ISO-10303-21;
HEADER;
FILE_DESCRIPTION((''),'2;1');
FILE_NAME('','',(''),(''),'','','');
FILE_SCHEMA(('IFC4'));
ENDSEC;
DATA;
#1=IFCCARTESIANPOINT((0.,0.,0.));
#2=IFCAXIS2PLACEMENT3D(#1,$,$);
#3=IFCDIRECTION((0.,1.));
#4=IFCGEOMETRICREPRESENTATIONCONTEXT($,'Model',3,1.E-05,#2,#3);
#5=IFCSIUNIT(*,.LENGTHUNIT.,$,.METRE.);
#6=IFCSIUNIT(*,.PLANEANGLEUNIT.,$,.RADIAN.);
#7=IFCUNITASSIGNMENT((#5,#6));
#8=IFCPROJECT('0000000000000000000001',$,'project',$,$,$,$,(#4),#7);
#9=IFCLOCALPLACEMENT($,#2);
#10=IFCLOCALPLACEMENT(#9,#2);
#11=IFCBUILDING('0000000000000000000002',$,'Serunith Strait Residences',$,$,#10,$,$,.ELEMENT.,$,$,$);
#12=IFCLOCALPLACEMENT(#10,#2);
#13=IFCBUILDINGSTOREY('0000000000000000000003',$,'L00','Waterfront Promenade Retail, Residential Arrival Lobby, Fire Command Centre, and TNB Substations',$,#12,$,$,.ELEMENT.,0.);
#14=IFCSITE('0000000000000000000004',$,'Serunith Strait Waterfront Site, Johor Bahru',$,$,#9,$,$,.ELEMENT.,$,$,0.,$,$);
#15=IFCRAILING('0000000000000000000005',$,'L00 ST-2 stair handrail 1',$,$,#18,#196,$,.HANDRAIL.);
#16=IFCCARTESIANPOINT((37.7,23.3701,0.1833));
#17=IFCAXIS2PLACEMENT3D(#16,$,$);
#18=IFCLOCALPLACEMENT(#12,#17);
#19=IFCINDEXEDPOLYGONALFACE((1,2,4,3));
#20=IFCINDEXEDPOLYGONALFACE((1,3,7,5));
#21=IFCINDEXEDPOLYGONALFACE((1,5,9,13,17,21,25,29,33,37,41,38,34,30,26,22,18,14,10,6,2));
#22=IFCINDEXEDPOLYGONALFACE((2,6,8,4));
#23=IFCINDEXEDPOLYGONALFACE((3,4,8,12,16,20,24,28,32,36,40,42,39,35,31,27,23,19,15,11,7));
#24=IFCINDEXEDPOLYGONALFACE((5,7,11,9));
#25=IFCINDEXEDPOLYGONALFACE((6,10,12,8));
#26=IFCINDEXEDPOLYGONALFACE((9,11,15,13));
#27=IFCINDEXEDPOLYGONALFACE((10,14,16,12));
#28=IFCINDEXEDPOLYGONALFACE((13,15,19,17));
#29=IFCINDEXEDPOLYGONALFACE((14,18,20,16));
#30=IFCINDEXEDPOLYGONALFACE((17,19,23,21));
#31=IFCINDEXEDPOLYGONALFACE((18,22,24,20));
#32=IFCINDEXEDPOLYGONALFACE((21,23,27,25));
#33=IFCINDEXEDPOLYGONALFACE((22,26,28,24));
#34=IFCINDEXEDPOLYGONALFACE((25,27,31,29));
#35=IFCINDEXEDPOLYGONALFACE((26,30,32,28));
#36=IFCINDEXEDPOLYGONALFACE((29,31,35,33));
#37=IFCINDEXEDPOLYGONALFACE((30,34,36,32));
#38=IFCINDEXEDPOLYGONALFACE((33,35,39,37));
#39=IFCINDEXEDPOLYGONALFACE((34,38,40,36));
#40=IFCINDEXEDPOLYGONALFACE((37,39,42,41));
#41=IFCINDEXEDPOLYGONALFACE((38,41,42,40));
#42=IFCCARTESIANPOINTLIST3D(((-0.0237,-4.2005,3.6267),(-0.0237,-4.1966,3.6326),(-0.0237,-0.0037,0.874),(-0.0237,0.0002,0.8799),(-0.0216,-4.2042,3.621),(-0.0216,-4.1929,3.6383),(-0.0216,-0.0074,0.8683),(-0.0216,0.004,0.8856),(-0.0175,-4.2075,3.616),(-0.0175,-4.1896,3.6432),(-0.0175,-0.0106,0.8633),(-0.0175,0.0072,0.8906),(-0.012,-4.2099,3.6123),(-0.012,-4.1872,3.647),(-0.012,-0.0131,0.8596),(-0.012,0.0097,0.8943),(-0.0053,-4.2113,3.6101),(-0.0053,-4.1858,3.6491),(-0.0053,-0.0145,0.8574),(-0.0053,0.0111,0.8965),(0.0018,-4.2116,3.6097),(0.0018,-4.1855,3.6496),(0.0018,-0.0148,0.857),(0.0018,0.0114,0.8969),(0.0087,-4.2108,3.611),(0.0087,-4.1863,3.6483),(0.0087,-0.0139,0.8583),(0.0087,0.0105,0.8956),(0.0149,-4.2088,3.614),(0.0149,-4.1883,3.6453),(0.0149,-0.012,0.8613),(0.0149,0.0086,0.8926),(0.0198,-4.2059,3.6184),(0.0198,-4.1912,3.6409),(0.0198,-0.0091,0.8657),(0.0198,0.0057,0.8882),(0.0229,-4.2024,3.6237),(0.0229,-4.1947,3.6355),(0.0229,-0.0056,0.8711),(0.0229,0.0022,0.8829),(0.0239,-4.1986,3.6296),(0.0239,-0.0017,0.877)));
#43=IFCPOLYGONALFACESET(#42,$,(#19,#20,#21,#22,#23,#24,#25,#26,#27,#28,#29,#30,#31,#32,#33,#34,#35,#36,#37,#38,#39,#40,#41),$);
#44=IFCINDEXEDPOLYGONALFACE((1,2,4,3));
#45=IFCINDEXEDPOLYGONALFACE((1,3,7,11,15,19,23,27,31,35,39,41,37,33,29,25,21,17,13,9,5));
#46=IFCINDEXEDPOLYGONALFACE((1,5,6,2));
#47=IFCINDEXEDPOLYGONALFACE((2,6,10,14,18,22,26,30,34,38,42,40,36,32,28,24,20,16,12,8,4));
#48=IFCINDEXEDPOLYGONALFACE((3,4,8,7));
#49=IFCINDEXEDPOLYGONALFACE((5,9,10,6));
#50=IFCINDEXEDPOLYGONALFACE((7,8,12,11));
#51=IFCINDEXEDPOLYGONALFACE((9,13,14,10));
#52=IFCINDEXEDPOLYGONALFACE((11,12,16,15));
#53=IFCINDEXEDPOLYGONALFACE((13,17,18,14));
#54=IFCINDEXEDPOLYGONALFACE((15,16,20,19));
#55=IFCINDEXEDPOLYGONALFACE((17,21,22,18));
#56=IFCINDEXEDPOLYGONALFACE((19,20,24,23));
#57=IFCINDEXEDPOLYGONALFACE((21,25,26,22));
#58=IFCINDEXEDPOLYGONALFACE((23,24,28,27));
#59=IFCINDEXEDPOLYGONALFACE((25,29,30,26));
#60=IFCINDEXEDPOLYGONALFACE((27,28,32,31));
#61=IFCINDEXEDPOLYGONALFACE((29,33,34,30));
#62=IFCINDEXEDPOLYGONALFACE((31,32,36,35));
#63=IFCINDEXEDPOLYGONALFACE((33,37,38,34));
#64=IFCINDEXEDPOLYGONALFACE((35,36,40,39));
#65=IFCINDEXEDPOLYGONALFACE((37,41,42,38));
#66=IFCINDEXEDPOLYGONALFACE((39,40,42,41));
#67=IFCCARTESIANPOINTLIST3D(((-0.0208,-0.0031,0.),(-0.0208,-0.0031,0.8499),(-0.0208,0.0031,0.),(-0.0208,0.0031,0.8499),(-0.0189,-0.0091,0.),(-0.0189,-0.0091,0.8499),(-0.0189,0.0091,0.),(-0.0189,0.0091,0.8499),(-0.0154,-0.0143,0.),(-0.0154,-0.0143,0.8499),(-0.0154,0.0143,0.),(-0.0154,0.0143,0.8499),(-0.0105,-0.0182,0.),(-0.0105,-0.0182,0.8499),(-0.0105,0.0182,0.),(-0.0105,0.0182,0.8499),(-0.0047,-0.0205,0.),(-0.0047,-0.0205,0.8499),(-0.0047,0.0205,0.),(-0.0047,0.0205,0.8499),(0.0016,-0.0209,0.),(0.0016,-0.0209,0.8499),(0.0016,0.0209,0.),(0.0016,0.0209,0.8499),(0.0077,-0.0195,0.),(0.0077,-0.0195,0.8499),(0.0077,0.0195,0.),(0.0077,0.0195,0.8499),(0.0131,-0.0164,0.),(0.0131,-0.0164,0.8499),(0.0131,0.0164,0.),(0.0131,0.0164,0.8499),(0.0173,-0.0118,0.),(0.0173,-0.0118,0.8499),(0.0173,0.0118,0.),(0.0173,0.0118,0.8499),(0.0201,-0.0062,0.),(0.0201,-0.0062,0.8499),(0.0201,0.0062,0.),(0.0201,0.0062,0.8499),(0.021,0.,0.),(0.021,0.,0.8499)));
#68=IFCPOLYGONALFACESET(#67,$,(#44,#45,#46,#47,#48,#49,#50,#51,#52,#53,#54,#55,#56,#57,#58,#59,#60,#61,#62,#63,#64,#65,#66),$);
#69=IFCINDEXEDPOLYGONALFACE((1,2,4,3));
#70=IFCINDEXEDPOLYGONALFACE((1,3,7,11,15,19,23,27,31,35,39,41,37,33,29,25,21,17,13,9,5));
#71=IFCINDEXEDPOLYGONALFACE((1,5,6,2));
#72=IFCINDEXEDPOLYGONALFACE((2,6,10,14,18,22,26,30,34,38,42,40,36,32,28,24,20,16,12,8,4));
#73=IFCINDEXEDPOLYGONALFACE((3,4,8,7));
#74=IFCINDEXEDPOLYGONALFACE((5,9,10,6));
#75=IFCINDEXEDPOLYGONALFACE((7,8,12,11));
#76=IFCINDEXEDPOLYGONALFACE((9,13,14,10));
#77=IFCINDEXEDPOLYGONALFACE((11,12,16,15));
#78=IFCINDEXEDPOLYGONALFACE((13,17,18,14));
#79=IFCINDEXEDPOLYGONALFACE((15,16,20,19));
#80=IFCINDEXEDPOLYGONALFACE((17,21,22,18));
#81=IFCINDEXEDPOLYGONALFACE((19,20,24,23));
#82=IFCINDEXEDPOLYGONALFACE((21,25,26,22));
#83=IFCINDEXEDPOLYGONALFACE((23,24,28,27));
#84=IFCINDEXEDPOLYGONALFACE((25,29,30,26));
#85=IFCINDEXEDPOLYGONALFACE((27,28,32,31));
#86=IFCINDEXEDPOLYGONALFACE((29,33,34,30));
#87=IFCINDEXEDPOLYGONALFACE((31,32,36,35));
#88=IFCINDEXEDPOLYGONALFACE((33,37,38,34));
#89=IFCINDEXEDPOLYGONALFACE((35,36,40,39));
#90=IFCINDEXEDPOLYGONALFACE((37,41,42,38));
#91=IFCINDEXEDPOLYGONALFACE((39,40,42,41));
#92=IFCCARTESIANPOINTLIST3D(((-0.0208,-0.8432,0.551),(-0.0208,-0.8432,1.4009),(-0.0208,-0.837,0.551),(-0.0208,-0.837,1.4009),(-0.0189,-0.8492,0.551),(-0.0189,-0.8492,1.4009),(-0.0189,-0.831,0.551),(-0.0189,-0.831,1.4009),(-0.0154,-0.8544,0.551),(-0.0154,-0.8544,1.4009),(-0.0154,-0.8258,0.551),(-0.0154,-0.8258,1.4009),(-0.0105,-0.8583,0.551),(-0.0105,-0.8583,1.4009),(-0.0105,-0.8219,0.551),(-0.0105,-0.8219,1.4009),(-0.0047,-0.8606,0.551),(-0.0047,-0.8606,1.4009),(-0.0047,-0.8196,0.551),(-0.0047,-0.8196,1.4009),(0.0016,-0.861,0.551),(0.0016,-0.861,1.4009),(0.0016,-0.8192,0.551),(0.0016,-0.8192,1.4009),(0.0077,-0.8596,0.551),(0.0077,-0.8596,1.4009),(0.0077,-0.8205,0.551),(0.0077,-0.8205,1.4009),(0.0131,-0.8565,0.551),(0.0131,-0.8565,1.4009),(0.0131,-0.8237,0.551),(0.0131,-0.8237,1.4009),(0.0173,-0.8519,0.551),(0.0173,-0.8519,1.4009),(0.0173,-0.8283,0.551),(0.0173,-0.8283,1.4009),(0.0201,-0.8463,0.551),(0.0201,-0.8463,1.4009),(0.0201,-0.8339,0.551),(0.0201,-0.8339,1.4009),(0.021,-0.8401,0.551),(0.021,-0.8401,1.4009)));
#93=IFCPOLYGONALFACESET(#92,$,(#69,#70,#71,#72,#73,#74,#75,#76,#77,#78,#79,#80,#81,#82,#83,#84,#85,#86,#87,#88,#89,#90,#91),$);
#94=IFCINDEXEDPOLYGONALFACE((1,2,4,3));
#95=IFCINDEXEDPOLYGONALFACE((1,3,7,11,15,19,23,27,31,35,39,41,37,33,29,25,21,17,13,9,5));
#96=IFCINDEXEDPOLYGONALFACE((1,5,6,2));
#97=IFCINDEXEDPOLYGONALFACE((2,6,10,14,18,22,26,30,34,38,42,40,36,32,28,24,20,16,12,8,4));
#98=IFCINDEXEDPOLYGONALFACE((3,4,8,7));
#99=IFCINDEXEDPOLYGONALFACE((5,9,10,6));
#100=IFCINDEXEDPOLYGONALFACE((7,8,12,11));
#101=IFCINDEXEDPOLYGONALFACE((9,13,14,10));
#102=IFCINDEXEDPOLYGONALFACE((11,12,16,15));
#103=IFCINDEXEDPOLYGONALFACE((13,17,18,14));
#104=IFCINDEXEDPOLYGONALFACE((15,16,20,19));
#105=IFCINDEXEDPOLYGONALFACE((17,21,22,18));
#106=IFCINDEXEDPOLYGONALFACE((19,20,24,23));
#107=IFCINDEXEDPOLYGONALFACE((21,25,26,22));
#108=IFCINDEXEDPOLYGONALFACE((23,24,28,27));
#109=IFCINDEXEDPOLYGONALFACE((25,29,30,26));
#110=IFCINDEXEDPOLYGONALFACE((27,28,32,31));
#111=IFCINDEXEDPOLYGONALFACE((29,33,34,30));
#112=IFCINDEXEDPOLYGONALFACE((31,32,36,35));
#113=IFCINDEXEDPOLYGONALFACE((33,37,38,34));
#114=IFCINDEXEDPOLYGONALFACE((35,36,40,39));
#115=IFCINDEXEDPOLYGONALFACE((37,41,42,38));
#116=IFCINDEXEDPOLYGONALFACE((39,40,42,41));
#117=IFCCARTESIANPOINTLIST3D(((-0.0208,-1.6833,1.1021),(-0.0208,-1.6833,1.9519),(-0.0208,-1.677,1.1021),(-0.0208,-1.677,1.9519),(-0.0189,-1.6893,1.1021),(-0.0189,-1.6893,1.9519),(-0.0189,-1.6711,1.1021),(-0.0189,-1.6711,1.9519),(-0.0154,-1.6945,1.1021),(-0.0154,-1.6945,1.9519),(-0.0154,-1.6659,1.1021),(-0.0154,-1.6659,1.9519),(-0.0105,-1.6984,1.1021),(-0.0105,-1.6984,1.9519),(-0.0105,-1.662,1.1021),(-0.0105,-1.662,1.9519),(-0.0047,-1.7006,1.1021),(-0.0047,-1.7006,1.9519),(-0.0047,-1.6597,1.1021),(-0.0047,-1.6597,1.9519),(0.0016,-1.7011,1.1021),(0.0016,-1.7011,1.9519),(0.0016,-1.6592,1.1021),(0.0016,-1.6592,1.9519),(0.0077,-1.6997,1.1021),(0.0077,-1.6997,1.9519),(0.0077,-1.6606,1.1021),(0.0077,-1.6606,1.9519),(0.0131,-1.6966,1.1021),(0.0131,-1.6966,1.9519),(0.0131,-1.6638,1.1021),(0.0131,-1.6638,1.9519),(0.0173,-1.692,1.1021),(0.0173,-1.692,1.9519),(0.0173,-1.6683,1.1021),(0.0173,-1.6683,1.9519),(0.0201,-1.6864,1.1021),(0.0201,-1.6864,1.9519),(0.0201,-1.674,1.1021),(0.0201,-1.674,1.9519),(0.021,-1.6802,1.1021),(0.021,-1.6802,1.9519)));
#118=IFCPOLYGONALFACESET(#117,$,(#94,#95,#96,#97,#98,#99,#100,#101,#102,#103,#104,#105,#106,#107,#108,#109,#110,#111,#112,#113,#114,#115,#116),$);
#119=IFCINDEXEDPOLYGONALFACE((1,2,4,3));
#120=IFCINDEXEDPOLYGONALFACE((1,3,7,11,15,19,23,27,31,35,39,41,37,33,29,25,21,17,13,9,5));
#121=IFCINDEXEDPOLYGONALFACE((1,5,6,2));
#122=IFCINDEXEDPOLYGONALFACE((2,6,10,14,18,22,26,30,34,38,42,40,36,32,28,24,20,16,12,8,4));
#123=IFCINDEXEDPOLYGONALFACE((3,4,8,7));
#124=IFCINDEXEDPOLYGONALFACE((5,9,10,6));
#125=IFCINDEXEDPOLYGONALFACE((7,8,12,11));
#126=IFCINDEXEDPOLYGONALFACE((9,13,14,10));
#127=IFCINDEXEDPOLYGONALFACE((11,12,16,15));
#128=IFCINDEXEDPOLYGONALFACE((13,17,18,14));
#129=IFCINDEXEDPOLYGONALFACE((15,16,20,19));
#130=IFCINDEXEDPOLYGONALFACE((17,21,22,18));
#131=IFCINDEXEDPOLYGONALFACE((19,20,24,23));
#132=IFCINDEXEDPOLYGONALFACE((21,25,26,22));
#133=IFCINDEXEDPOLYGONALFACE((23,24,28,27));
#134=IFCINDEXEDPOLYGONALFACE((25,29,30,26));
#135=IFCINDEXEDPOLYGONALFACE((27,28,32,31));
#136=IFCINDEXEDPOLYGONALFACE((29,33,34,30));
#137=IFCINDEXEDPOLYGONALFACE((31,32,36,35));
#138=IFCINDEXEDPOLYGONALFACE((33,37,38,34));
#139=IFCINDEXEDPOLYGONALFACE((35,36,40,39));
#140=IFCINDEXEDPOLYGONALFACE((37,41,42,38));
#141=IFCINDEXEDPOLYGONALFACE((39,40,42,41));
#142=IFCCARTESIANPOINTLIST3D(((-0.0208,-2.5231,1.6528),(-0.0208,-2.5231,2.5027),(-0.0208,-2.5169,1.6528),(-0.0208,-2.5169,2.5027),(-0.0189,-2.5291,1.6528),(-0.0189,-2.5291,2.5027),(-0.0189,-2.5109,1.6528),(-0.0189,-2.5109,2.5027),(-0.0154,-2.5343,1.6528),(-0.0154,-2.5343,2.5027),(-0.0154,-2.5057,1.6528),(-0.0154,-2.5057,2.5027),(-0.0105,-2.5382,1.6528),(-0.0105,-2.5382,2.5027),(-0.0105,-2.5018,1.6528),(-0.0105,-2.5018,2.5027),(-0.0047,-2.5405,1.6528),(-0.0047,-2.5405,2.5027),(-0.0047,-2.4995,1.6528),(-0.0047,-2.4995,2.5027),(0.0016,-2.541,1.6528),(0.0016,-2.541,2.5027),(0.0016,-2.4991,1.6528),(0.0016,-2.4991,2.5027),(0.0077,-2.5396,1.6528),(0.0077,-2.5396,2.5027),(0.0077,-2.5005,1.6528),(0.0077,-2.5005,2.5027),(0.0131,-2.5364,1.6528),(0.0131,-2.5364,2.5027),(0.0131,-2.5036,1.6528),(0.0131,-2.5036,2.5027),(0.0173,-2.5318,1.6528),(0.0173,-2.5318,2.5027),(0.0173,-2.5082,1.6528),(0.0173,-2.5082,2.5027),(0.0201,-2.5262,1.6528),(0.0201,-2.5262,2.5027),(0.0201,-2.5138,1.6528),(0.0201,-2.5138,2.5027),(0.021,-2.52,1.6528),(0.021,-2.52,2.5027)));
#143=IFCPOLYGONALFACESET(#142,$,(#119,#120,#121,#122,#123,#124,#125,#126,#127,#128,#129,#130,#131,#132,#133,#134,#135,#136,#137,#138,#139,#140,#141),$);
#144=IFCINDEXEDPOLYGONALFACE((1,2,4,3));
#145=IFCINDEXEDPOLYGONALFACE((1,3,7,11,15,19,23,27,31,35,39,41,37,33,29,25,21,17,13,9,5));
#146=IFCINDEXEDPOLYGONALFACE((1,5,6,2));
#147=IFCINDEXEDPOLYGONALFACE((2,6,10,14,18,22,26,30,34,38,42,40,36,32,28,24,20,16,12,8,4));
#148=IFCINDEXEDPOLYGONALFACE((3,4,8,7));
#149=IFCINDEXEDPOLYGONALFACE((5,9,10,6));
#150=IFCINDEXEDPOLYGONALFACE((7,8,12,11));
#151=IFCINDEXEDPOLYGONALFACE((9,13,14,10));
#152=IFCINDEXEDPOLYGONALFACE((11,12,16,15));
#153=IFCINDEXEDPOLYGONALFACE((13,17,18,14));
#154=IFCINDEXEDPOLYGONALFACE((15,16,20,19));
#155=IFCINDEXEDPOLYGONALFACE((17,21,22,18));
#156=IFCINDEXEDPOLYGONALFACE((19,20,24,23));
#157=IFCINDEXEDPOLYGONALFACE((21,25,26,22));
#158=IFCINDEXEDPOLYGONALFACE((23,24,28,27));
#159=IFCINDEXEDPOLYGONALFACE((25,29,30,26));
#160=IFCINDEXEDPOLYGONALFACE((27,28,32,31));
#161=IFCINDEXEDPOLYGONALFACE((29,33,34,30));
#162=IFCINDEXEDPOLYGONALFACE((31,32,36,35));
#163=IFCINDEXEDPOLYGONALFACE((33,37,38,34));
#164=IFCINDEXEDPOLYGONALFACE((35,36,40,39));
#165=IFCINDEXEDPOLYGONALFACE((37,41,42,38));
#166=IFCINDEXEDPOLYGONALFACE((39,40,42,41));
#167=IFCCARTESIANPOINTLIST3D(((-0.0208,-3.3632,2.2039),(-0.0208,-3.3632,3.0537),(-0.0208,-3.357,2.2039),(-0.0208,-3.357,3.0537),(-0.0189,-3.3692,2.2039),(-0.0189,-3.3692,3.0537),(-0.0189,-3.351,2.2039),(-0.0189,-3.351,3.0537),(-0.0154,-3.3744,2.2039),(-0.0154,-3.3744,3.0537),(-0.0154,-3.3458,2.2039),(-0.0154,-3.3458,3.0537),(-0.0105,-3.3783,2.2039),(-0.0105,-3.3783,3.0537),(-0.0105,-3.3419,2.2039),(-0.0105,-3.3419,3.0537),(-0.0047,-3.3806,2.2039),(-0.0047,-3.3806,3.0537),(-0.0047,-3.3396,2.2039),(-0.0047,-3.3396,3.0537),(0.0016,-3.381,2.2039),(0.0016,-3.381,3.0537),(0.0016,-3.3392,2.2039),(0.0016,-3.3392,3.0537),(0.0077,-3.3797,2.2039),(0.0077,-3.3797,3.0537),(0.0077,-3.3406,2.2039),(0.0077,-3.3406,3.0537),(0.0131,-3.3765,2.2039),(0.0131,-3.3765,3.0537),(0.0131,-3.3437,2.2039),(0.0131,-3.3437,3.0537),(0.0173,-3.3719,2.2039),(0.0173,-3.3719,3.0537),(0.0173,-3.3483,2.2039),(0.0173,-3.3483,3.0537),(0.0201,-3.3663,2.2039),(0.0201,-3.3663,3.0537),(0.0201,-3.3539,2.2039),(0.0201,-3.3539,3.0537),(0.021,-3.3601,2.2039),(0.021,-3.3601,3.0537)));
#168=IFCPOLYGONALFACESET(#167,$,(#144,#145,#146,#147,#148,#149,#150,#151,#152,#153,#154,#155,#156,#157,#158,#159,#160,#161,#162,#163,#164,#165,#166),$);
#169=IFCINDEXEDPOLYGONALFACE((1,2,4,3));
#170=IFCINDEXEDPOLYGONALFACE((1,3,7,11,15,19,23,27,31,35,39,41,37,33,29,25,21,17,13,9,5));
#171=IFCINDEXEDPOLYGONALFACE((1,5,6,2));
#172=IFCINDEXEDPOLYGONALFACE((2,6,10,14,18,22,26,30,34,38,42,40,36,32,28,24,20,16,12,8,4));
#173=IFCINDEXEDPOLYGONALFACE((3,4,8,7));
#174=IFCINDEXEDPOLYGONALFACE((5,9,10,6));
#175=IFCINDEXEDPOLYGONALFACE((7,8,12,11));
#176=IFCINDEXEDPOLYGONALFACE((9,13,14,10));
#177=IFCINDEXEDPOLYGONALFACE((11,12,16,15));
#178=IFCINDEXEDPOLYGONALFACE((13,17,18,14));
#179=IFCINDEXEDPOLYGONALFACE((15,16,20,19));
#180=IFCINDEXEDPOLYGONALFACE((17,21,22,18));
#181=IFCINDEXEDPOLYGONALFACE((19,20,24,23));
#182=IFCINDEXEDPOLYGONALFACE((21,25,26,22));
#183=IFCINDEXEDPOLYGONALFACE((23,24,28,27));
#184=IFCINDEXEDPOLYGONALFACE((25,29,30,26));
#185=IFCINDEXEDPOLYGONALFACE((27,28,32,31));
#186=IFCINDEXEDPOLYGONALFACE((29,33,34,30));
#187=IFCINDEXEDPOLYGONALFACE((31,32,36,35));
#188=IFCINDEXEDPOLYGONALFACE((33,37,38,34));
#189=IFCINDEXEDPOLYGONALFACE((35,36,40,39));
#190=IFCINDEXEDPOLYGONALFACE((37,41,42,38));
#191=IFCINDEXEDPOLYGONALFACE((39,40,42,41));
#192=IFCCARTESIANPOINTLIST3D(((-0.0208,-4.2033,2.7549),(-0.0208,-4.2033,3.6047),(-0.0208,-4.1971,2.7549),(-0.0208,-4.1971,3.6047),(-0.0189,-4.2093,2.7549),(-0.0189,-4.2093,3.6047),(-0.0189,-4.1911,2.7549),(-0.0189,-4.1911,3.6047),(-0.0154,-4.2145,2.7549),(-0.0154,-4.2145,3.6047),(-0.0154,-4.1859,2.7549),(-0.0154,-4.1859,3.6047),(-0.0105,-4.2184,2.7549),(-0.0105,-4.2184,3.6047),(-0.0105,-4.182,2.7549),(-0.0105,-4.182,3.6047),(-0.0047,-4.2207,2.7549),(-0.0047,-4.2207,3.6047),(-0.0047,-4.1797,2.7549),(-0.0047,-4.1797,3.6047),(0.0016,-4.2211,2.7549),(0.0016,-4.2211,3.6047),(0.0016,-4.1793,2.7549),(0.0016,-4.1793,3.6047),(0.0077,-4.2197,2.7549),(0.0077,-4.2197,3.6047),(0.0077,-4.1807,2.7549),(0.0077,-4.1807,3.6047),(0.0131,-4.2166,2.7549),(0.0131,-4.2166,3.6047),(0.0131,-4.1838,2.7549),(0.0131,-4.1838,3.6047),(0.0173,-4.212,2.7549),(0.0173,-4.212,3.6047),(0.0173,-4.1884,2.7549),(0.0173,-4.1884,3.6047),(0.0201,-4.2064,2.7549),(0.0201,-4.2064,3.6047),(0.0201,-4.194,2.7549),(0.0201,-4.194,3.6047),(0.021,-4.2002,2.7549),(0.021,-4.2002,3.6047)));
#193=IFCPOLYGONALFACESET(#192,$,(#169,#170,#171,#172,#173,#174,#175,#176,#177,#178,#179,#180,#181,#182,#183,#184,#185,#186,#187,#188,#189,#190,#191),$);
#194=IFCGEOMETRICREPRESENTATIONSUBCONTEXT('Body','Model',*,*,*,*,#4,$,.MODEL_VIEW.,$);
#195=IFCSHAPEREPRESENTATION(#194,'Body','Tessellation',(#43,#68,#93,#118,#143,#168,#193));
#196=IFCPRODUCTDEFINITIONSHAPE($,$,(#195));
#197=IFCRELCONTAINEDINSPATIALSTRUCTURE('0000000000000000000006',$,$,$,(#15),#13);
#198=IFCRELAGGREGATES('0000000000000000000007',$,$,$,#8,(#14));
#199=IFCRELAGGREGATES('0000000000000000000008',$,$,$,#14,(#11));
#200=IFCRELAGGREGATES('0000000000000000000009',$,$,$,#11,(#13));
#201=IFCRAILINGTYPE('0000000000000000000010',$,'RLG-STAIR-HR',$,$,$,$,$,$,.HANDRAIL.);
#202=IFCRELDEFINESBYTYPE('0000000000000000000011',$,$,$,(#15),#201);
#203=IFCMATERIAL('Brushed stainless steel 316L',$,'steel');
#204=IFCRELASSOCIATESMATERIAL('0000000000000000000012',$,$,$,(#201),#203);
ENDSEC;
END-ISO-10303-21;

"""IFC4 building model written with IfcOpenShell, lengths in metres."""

from ifc_helpers import new_model, si_unit, direction, frame, origin, origin_2d, place, context, subcontext, project, spatial, circle, extrude, material, type_object, element, save


model = new_model("IFC4")

# Units and contexts
model_context = context("Model", 3, precision=1e-05, world=origin(), true_north=direction((0.0, 1.0)))
body_context = subcontext(model_context, "Body", "Model", "MODEL_VIEW")
ifc_project = project(units=[si_unit("LENGTHUNIT", "METRE"), si_unit("PLANEANGLEUNIT", "RADIAN")], contexts=[model_context])

# Site, building, storey
site_placement = place(None, origin())
site = spatial("IfcSite", under=ifc_project, at=site_placement, Name="Serunith Strait Waterfront Site, Johor Bahru", CompositionType="ELEMENT", RefElevation=0.0)
building_placement = place(site_placement, origin())
building = spatial("IfcBuilding", under=site, at=building_placement, Name="Serunith Strait Residences", CompositionType="ELEMENT")
storey_placement = place(building_placement, origin())
storey = spatial("IfcBuildingStorey", under=building, at=storey_placement, Name="L00", Description="Waterfront Promenade Retail, Residential Arrival Lobby, Fire Command Centre, and TNB Substations", CompositionType="ELEMENT", Elevation=0.0)

# Railing
ifc_material_1 = material(Name="Brushed stainless steel 316L", Category="steel")
railing_type_1 = type_object("IfcRailingType", Name="RLG-STAIR-HR", PredefinedType="HANDRAIL", material=ifc_material_1)
railing_1_placement = place(storey_placement, frame((37.7, 23.3701, 0.1833)))
element("IfcRailing", 1, at=railing_1_placement, inside=storey, type_object=railing_type_1, Name="L00 ST-2 stair handrail 1", PredefinedType="HANDRAIL", context=body_context, shape_type="SweptSolid", body=[
    extrude(circle(Radius=0.0239, at=origin_2d()), frame((0.0, -0.0017, 0.877), z_axis=(0.0, -0.836184, 0.548448), x_axis=(1.0, 0.0, 0.0)), (0.0, 0.0, 1.0), 5.019),
    extrude(circle(Radius=0.021, at=origin_2d()), origin(), (0.0, 0.0, 1.0), 0.8499),
    extrude(circle(Radius=0.021, at=origin_2d()), frame((0.0, -0.8401, 0.551)), (0.0, 0.0, 1.0), 0.8499),
    extrude(circle(Radius=0.021, at=origin_2d()), frame((0.0, -1.6802, 1.1021)), (0.0, 0.0, 1.0), 0.8499),
    extrude(circle(Radius=0.021, at=origin_2d()), frame((0.0, -2.52, 1.6528)), (0.0, 0.0, 1.0), 0.8499),
    extrude(circle(Radius=0.021, at=origin_2d()), frame((0.0, -3.3601, 2.2039)), (0.0, 0.0, 1.0), 0.8499),
    extrude(circle(Radius=0.021, at=origin_2d()), frame((0.0, -4.2002, 2.7549)), (0.0, 0.0, 1.0), 0.8499),
])

save(model, "model.ifc")
